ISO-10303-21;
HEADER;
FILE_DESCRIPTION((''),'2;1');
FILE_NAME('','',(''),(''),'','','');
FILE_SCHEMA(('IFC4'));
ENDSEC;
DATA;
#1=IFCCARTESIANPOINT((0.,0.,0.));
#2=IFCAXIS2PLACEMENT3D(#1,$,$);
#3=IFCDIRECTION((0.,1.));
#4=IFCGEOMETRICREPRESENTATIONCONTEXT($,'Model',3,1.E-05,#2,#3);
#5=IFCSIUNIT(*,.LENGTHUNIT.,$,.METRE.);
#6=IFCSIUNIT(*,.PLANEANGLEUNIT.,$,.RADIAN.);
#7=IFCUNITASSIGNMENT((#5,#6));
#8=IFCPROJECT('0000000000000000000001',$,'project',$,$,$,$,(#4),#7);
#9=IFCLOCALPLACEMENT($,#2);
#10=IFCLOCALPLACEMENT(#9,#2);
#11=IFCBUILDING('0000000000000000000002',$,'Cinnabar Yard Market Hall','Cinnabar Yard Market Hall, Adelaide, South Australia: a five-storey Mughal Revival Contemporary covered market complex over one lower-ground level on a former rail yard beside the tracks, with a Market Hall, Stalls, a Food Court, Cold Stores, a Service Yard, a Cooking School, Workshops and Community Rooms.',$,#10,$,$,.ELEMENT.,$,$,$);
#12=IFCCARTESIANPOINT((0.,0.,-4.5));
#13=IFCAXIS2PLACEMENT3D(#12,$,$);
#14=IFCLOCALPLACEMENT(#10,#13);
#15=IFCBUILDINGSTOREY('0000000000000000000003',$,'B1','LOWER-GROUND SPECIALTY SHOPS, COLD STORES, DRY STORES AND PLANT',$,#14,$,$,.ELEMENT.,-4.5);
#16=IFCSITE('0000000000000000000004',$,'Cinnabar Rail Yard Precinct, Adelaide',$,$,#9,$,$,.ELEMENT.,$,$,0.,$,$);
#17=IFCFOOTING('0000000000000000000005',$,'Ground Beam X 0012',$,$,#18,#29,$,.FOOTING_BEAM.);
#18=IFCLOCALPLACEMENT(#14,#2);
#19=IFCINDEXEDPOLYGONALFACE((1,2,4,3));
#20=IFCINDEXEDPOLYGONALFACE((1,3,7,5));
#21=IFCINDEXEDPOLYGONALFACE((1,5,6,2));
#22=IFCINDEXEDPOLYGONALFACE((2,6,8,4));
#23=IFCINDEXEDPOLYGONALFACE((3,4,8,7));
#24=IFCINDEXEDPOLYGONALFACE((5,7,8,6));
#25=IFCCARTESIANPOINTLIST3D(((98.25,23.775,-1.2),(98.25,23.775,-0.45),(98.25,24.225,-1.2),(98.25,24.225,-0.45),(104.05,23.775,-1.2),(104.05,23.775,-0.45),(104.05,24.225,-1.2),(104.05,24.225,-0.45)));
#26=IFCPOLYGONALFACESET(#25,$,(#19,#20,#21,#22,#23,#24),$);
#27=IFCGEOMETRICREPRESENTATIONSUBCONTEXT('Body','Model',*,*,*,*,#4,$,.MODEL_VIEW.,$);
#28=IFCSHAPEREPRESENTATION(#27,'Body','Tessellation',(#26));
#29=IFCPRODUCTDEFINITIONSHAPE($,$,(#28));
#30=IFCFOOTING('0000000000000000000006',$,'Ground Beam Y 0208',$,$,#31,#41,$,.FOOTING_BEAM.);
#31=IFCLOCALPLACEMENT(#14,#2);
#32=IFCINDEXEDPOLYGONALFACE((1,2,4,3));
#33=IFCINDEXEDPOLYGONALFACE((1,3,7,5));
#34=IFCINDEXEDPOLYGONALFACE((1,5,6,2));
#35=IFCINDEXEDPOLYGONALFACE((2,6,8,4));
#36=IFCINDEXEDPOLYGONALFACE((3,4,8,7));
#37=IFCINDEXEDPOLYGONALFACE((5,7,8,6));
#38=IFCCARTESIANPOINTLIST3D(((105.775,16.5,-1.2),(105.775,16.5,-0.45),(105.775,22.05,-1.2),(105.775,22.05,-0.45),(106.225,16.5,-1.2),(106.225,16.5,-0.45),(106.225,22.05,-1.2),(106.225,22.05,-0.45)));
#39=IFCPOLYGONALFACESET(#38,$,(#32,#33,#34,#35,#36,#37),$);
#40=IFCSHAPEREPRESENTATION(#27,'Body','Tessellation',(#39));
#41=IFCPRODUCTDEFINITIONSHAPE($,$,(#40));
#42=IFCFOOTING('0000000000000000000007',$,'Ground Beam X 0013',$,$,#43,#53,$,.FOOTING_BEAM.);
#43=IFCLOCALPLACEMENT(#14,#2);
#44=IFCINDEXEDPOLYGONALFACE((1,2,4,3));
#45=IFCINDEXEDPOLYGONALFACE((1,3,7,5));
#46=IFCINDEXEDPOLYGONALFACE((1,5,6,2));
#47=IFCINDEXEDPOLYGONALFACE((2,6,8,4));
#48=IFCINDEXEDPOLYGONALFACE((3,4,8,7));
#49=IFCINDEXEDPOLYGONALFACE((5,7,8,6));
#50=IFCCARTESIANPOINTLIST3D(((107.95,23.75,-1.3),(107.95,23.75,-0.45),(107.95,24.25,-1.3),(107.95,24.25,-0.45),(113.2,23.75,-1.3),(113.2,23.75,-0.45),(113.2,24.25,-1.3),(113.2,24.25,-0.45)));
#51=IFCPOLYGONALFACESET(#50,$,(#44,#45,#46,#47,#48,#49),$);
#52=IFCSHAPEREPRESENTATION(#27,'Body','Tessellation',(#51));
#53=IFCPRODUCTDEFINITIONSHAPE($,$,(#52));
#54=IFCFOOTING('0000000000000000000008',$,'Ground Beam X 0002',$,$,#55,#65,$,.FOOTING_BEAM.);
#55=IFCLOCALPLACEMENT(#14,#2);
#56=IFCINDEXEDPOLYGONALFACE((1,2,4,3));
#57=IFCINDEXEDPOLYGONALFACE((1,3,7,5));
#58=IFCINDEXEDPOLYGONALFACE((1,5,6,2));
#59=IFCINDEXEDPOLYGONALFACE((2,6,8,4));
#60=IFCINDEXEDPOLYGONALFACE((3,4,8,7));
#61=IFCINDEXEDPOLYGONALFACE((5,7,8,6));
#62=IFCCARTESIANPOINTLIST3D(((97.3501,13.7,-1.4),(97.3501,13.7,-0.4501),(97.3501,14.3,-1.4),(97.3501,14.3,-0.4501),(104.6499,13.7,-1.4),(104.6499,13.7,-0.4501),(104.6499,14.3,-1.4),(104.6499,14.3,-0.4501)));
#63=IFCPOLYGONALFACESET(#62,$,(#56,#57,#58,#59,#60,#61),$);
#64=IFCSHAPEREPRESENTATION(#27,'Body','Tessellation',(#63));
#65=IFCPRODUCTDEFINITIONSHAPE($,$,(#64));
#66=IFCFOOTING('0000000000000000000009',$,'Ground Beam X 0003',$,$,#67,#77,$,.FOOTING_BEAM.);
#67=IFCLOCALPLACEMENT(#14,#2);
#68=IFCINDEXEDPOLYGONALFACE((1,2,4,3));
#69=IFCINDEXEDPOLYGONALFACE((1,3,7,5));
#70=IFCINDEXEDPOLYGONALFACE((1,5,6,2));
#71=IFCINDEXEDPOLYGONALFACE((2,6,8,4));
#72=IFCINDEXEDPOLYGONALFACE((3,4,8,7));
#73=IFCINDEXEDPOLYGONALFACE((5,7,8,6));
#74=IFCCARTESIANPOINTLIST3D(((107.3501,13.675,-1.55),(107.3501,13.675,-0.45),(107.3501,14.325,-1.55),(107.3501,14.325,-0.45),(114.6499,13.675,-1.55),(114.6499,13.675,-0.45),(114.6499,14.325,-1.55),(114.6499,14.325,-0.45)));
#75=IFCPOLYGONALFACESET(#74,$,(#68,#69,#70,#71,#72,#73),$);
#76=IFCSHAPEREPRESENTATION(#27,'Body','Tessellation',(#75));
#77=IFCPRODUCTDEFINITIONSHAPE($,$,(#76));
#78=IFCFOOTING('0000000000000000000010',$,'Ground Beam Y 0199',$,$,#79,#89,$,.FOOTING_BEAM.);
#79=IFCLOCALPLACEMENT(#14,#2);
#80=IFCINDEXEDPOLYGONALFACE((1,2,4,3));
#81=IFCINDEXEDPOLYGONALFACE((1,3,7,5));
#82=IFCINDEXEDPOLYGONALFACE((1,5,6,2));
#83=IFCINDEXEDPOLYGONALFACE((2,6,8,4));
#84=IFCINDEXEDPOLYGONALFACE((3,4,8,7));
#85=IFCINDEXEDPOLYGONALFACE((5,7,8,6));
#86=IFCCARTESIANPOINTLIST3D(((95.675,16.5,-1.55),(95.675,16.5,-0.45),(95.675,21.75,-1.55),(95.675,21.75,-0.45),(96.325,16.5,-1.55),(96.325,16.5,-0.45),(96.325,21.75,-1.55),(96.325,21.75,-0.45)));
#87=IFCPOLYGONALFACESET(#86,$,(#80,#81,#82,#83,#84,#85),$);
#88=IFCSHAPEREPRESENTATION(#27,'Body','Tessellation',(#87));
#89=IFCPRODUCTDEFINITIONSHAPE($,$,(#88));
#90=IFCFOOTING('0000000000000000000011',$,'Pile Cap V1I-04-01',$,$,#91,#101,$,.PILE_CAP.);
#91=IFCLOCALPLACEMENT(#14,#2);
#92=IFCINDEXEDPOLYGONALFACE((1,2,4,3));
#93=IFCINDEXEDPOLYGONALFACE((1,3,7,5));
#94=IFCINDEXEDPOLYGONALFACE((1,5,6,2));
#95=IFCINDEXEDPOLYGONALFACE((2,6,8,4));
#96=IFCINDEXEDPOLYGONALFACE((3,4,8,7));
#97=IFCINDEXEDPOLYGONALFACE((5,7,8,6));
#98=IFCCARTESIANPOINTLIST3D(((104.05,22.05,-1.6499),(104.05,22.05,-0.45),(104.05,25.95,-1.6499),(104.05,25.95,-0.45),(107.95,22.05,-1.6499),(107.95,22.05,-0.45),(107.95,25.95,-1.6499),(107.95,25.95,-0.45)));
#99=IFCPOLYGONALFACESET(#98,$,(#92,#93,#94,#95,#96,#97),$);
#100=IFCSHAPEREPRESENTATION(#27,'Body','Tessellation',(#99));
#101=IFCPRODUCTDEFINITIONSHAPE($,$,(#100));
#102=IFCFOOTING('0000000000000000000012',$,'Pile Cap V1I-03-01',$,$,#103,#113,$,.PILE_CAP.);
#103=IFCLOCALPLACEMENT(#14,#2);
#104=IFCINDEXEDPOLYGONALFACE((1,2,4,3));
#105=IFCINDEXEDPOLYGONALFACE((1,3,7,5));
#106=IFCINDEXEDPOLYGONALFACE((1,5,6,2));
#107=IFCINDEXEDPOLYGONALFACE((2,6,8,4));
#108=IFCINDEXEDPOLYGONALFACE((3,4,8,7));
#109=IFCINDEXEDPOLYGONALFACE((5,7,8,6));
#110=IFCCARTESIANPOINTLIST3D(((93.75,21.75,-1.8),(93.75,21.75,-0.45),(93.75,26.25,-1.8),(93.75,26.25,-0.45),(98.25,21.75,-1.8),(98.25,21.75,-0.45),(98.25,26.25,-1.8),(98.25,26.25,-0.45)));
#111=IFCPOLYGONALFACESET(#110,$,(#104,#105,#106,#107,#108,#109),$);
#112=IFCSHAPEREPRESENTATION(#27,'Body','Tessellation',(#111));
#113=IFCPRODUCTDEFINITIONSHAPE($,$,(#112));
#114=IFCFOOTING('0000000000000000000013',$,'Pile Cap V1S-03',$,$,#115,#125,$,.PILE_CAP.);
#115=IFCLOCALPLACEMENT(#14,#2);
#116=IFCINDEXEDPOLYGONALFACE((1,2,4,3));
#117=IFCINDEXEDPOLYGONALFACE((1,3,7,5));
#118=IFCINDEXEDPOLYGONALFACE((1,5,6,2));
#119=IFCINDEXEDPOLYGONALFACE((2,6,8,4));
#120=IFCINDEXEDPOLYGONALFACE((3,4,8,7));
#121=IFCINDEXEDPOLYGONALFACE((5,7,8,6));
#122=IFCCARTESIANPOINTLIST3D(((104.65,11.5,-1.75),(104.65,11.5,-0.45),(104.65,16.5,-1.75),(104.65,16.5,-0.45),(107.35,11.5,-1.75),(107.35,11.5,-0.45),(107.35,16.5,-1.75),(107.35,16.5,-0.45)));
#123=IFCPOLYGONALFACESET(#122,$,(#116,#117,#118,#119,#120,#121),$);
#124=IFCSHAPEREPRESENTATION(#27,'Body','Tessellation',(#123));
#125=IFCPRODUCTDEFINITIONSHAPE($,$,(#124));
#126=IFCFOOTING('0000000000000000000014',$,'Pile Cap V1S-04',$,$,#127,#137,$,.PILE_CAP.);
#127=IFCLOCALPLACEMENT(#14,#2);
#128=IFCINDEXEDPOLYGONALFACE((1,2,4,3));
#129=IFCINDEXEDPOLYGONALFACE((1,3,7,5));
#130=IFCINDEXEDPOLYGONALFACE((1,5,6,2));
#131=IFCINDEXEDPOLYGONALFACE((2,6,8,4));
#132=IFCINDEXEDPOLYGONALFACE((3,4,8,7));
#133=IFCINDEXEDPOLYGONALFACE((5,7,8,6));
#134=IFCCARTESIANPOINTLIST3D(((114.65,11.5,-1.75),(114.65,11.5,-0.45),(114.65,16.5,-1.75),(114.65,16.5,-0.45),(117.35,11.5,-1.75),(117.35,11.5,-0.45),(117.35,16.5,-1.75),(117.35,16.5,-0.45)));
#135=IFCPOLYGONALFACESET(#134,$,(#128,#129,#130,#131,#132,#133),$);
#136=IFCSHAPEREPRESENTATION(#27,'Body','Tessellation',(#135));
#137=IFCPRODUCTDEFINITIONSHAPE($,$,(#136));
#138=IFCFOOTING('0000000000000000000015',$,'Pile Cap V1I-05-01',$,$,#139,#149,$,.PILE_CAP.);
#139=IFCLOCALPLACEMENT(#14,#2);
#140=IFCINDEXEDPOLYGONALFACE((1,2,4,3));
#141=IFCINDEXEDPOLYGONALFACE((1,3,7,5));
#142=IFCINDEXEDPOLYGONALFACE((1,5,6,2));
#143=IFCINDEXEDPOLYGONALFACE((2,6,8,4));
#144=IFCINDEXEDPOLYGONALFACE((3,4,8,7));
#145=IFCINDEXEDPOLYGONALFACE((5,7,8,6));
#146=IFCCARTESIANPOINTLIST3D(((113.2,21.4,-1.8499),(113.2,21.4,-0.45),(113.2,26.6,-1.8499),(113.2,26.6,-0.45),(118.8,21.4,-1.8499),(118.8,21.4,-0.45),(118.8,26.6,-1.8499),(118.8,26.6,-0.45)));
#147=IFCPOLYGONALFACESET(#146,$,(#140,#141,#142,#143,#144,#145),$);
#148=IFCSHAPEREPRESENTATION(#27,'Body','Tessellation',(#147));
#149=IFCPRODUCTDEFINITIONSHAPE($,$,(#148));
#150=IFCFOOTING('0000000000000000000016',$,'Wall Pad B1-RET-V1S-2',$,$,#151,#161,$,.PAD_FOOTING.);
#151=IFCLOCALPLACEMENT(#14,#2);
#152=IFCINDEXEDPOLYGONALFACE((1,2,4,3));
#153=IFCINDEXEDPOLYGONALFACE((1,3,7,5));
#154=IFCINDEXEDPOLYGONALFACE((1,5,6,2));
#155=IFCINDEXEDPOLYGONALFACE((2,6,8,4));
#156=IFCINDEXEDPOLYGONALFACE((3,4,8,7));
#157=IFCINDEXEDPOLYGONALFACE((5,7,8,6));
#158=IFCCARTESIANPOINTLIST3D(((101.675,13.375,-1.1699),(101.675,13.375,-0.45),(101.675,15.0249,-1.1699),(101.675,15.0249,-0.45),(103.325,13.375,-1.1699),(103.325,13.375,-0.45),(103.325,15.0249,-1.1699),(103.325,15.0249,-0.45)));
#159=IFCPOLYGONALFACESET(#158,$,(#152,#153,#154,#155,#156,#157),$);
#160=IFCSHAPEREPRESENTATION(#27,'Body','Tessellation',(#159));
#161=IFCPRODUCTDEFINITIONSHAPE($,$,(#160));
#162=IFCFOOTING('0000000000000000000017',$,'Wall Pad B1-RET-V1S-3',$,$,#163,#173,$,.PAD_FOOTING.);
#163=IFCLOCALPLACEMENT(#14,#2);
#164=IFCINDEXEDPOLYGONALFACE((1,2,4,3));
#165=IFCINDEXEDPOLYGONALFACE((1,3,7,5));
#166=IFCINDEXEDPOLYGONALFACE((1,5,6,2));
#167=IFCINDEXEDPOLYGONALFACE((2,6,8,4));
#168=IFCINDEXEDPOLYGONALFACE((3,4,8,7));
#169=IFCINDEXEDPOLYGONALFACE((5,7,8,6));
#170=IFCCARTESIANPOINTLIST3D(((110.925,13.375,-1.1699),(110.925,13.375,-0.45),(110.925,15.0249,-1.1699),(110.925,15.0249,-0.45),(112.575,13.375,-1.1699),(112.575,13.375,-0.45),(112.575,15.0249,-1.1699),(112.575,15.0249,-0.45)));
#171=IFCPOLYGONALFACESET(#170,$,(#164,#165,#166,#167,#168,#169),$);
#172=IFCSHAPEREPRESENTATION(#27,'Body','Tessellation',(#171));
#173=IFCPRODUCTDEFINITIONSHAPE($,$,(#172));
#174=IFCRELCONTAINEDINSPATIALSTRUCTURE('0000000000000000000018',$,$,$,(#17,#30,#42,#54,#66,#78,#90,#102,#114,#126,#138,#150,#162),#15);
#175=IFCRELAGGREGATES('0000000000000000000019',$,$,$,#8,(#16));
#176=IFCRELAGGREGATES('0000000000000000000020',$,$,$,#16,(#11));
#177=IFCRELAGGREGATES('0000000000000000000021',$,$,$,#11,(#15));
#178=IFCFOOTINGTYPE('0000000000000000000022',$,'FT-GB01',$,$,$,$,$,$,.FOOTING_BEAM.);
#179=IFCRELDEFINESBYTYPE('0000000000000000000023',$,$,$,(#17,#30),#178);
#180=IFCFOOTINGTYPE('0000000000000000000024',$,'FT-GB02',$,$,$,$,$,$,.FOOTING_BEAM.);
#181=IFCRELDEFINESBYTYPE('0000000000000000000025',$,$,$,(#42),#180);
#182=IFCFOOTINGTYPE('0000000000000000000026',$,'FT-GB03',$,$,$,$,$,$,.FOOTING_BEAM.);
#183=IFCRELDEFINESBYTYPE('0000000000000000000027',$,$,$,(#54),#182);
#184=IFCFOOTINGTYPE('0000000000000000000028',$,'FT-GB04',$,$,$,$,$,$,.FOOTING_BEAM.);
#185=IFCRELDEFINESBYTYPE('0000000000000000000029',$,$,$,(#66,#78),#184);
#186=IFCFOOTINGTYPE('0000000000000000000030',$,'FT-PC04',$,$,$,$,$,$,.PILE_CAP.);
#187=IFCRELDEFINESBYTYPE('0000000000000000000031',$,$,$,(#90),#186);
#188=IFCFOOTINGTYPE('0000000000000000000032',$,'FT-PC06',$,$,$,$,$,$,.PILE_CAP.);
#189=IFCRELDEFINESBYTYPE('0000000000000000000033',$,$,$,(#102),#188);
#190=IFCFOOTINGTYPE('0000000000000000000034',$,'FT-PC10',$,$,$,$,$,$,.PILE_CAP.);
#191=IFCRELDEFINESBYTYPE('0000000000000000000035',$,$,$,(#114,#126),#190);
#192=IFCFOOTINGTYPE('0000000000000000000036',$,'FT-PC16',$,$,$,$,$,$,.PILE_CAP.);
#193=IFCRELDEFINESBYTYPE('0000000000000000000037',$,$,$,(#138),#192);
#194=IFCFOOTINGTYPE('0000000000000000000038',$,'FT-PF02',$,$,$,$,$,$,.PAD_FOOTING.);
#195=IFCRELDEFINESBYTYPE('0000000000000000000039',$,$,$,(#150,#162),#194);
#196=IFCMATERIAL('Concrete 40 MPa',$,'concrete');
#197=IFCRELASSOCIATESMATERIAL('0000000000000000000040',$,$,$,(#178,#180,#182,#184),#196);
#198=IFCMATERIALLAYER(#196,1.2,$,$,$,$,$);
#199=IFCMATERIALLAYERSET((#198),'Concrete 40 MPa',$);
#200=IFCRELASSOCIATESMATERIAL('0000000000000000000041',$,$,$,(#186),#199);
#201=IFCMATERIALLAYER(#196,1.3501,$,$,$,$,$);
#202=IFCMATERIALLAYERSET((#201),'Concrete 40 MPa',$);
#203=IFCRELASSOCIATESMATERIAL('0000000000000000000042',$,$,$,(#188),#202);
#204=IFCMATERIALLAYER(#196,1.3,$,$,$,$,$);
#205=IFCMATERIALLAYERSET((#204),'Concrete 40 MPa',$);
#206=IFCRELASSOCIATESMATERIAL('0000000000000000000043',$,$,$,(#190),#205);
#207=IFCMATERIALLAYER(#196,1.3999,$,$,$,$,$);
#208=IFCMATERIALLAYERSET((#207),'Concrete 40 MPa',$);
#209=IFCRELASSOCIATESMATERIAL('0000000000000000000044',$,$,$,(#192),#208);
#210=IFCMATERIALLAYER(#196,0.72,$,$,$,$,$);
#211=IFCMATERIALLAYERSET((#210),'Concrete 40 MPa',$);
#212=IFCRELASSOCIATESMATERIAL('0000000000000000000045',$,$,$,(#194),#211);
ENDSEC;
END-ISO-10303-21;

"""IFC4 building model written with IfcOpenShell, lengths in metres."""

from ifc_helpers import new_model, si_unit, direction, frame, origin, origin_2d_with_axis, place, context, subcontext, project, spatial, rectangle, extrude, material, layer, layer_set, material_profile, profile_set, type_object, element, save


model = new_model("IFC4")

# Units and contexts
model_context = context("Model", 3, precision=1e-05, world=origin(), true_north=direction((0.0, 1.0)))
body_context = subcontext(model_context, "Body", "Model", "MODEL_VIEW")
ifc_project = project(units=[si_unit("LENGTHUNIT", "METRE"), si_unit("PLANEANGLEUNIT", "RADIAN")], contexts=[model_context])

# Site, building, storey
site_placement = place(None, origin())
site = spatial("IfcSite", under=ifc_project, at=site_placement, Name="Cinnabar Rail Yard Precinct, Adelaide", CompositionType="ELEMENT", RefElevation=0.0)
building_placement = place(site_placement, origin())
building = spatial("IfcBuilding", under=site, at=building_placement, Name="Cinnabar Yard Market Hall", Description="Cinnabar Yard Market Hall, Adelaide, South Australia: a five-storey Mughal Revival Contemporary covered market complex over one lower-ground level on a former rail yard beside the tracks, with a Market Hall, Stalls, a Food Court, Cold Stores, a Service Yard, a Cooking School, Workshops and Community Rooms.", CompositionType="ELEMENT")
storey_placement = place(building_placement, frame((0.0, 0.0, -4.5)))
storey = spatial("IfcBuildingStorey", under=building, at=storey_placement, Name="B1", Description="LOWER-GROUND SPECIALTY SHOPS, COLD STORES, DRY STORES AND PLANT", CompositionType="ELEMENT", Elevation=-4.5)

# Footings
ifc_material_1 = material(Name="Concrete 40 MPa", Category="concrete")
ifc_material_profile_1 = material_profile(ifc_material_1, rectangle(XDim=0.45, YDim=0.75, at=origin_2d_with_axis()), Name="GB-450x750")
ifc_profile_set_1 = profile_set([ifc_material_profile_1], Name="Concrete 40 MPa")
footing_type_1 = type_object("IfcFootingType", Name="FT-GB01", PredefinedType="FOOTING_BEAM", material=ifc_profile_set_1)
footing_1_placement = place(storey_placement, frame((98.25, 24.0, -0.825), z_axis=(1.0, 0.0, 0.0), x_axis=(0.0, 1.0, 0.0)))
element("IfcFooting", 1, at=footing_1_placement, inside=storey, type_object=footing_type_1, Name="Ground Beam X 0012", PredefinedType="FOOTING_BEAM", context=body_context, shape_type="SweptSolid", body=[
    extrude(rectangle(XDim=0.45, YDim=0.75, at=origin_2d_with_axis()), origin(), (0.0, 0.0, 1.0), 5.8),
])
footing_2_placement = place(storey_placement, frame((106.0, 16.5, -0.825), z_axis=(0.0, 1.0, 0.0), x_axis=(-1.0, 0.0, 0.0)))
element("IfcFooting", 2, at=footing_2_placement, inside=storey, type_object=footing_type_1, Name="Ground Beam Y 0208", PredefinedType="FOOTING_BEAM", context=body_context, shape_type="SweptSolid", body=[
    extrude(rectangle(XDim=0.45, YDim=0.75, at=origin_2d_with_axis()), origin(), (0.0, 0.0, 1.0), 5.55),
])
ifc_material_profile_2 = material_profile(ifc_material_1, rectangle(XDim=0.5, YDim=0.8501, at=origin_2d_with_axis()), Name="GB-500x850")
ifc_profile_set_2 = profile_set([ifc_material_profile_2], Name="Concrete 40 MPa")
footing_type_2 = type_object("IfcFootingType", Name="FT-GB02", PredefinedType="FOOTING_BEAM", material=ifc_profile_set_2)
footing_3_placement = place(storey_placement, frame((107.95, 24.0, -0.875), z_axis=(1.0, 0.0, 0.0), x_axis=(0.0, 1.0, 0.0)))
element("IfcFooting", 3, at=footing_3_placement, inside=storey, type_object=footing_type_2, Name="Ground Beam X 0013", PredefinedType="FOOTING_BEAM", context=body_context, shape_type="SweptSolid", body=[
    extrude(rectangle(XDim=0.5, YDim=0.8501, at=origin_2d_with_axis()), origin(), (0.0, 0.0, 1.0), 5.25),
])
ifc_material_profile_3 = material_profile(ifc_material_1, rectangle(XDim=0.6001, YDim=0.95, at=origin_2d_with_axis()), Name="GB-600x950")
ifc_profile_set_3 = profile_set([ifc_material_profile_3], Name="Concrete 40 MPa")
footing_type_3 = type_object("IfcFootingType", Name="FT-GB03", PredefinedType="FOOTING_BEAM", material=ifc_profile_set_3)
footing_4_placement = place(storey_placement, frame((97.3501, 14.0, -0.925), z_axis=(1.0, 0.0, 0.0), x_axis=(0.0, 1.0, 0.0)))
element("IfcFooting", 4, at=footing_4_placement, inside=storey, type_object=footing_type_3, Name="Ground Beam X 0002", PredefinedType="FOOTING_BEAM", context=body_context, shape_type="SweptSolid", body=[
    extrude(rectangle(XDim=0.6001, YDim=0.95, at=origin_2d_with_axis()), origin(), (0.0, 0.0, 1.0), 7.2998),
])
ifc_material_profile_4 = material_profile(ifc_material_1, rectangle(XDim=0.6499, YDim=1.1001, at=origin_2d_with_axis()), Name="GB-650x1100")
ifc_profile_set_4 = profile_set([ifc_material_profile_4], Name="Concrete 40 MPa")
footing_type_4 = type_object("IfcFootingType", Name="FT-GB04", PredefinedType="FOOTING_BEAM", material=ifc_profile_set_4)
footing_5_placement = place(storey_placement, frame((107.3501, 14.0, -1.0), z_axis=(1.0, 0.0, 0.0), x_axis=(0.0, 1.0, 0.0)))
element("IfcFooting", 5, at=footing_5_placement, inside=storey, type_object=footing_type_4, Name="Ground Beam X 0003", PredefinedType="FOOTING_BEAM", context=body_context, shape_type="SweptSolid", body=[
    extrude(rectangle(XDim=0.6499, YDim=1.1001, at=origin_2d_with_axis()), origin(), (0.0, 0.0, 1.0), 7.2998),
])
footing_6_placement = place(storey_placement, frame((96.0, 16.5, -1.0), z_axis=(0.0, 1.0, 0.0), x_axis=(-1.0, 0.0, 0.0)))
element("IfcFooting", 6, at=footing_6_placement, inside=storey, type_object=footing_type_4, Name="Ground Beam Y 0199", PredefinedType="FOOTING_BEAM", context=body_context, shape_type="SweptSolid", body=[
    extrude(rectangle(XDim=0.6499, YDim=1.1001, at=origin_2d_with_axis()), origin(), (0.0, 0.0, 1.0), 5.25),
])
ifc_layer_1 = layer(ifc_material_1, 1.2)
ifc_layer_set_1 = layer_set([ifc_layer_1], Name="Concrete 40 MPa")
footing_type_5 = type_object("IfcFootingType", Name="FT-PC04", PredefinedType="PILE_CAP", material=ifc_layer_set_1)
footing_7_placement = place(storey_placement, frame((106.0, 24.0, -1.6499), z_axis=(0.0, 0.0, 1.0), x_axis=(1.0, 0.0, 0.0)))
element("IfcFooting", 7, at=footing_7_placement, inside=storey, type_object=footing_type_5, Name="Pile Cap V1I-04-01", PredefinedType="PILE_CAP", context=body_context, shape_type="SweptSolid", body=[
    extrude(rectangle(XDim=3.8999, YDim=3.8999, at=origin_2d_with_axis()), origin(), (0.0, 0.0, 1.0), 1.2),
])
ifc_layer_2 = layer(ifc_material_1, 1.3501)
ifc_layer_set_2 = layer_set([ifc_layer_2], Name="Concrete 40 MPa")
footing_type_6 = type_object("IfcFootingType", Name="FT-PC06", PredefinedType="PILE_CAP", material=ifc_layer_set_2)
footing_8_placement = place(storey_placement, frame((96.0, 24.0, -1.8), z_axis=(0.0, 0.0, 1.0), x_axis=(1.0, 0.0, 0.0)))
element("IfcFooting", 8, at=footing_8_placement, inside=storey, type_object=footing_type_6, Name="Pile Cap V1I-03-01", PredefinedType="PILE_CAP", context=body_context, shape_type="SweptSolid", body=[
    extrude(rectangle(XDim=4.5, YDim=4.5, at=origin_2d_with_axis()), origin(), (0.0, 0.0, 1.0), 1.3501),
])
ifc_layer_3 = layer(ifc_material_1, 1.3)
ifc_layer_set_3 = layer_set([ifc_layer_3], Name="Concrete 40 MPa")
footing_type_7 = type_object("IfcFootingType", Name="FT-PC10", PredefinedType="PILE_CAP", material=ifc_layer_set_3)
for number, where, z_axis, x_axis, name in (
    (9, (106.0, 14.0, -1.75), (0.0, 0.0, 1.0), (1.0, 0.0, 0.0), "Pile Cap V1S-03"),
    (10, (116.0, 14.0, -1.75), (0.0, 0.0, 1.0), (1.0, 0.0, 0.0), "Pile Cap V1S-04"),
):
    element("IfcFooting", number, at=place(storey_placement, frame(where, z_axis=z_axis, x_axis=x_axis)), inside=storey, type_object=footing_type_7, Name=name, PredefinedType="PILE_CAP", context=body_context, shape_type="SweptSolid", body=[
        extrude(rectangle(XDim=2.7, YDim=5.0, at=origin_2d_with_axis()), origin(), (0.0, 0.0, 1.0), 1.3),
    ])
ifc_layer_4 = layer(ifc_material_1, 1.3999)
ifc_layer_set_4 = layer_set([ifc_layer_4], Name="Concrete 40 MPa")
footing_type_8 = type_object("IfcFootingType", Name="FT-PC16", PredefinedType="PILE_CAP", material=ifc_layer_set_4)
footing_9_placement = place(storey_placement, frame((116.0, 24.0, -1.8499), z_axis=(0.0, 0.0, 1.0), x_axis=(1.0, 0.0, 0.0)))
element("IfcFooting", 11, at=footing_9_placement, inside=storey, type_object=footing_type_8, Name="Pile Cap V1I-05-01", PredefinedType="PILE_CAP", context=body_context, shape_type="SweptSolid", body=[
    extrude(rectangle(XDim=5.6001, YDim=5.2, at=origin_2d_with_axis()), origin(), (0.0, 0.0, 1.0), 1.3999),
])
ifc_layer_5 = layer(ifc_material_1, 0.72)
ifc_layer_set_5 = layer_set([ifc_layer_5], Name="Concrete 40 MPa")
footing_type_9 = type_object("IfcFootingType", Name="FT-PF02", PredefinedType="PAD_FOOTING", material=ifc_layer_set_5)
for number, where, z_axis, x_axis, name in (
    (12, (102.5, 14.2, -1.1699), (0.0, 0.0, 1.0), (1.0, 0.0, 0.0), "Wall Pad B1-RET-V1S-2"),
    (13, (111.75, 14.2, -1.1699), (0.0, 0.0, 1.0), (1.0, 0.0, 0.0), "Wall Pad B1-RET-V1S-3"),
):
    element("IfcFooting", number, at=place(storey_placement, frame(where, z_axis=z_axis, x_axis=x_axis)), inside=storey, type_object=footing_type_9, Name=name, PredefinedType="PAD_FOOTING", context=body_context, shape_type="SweptSolid", body=[
        extrude(rectangle(XDim=1.6499, YDim=1.6499, at=origin_2d_with_axis()), origin(), (0.0, 0.0, 1.0), 0.72),
    ])

save(model, "model.ifc")
